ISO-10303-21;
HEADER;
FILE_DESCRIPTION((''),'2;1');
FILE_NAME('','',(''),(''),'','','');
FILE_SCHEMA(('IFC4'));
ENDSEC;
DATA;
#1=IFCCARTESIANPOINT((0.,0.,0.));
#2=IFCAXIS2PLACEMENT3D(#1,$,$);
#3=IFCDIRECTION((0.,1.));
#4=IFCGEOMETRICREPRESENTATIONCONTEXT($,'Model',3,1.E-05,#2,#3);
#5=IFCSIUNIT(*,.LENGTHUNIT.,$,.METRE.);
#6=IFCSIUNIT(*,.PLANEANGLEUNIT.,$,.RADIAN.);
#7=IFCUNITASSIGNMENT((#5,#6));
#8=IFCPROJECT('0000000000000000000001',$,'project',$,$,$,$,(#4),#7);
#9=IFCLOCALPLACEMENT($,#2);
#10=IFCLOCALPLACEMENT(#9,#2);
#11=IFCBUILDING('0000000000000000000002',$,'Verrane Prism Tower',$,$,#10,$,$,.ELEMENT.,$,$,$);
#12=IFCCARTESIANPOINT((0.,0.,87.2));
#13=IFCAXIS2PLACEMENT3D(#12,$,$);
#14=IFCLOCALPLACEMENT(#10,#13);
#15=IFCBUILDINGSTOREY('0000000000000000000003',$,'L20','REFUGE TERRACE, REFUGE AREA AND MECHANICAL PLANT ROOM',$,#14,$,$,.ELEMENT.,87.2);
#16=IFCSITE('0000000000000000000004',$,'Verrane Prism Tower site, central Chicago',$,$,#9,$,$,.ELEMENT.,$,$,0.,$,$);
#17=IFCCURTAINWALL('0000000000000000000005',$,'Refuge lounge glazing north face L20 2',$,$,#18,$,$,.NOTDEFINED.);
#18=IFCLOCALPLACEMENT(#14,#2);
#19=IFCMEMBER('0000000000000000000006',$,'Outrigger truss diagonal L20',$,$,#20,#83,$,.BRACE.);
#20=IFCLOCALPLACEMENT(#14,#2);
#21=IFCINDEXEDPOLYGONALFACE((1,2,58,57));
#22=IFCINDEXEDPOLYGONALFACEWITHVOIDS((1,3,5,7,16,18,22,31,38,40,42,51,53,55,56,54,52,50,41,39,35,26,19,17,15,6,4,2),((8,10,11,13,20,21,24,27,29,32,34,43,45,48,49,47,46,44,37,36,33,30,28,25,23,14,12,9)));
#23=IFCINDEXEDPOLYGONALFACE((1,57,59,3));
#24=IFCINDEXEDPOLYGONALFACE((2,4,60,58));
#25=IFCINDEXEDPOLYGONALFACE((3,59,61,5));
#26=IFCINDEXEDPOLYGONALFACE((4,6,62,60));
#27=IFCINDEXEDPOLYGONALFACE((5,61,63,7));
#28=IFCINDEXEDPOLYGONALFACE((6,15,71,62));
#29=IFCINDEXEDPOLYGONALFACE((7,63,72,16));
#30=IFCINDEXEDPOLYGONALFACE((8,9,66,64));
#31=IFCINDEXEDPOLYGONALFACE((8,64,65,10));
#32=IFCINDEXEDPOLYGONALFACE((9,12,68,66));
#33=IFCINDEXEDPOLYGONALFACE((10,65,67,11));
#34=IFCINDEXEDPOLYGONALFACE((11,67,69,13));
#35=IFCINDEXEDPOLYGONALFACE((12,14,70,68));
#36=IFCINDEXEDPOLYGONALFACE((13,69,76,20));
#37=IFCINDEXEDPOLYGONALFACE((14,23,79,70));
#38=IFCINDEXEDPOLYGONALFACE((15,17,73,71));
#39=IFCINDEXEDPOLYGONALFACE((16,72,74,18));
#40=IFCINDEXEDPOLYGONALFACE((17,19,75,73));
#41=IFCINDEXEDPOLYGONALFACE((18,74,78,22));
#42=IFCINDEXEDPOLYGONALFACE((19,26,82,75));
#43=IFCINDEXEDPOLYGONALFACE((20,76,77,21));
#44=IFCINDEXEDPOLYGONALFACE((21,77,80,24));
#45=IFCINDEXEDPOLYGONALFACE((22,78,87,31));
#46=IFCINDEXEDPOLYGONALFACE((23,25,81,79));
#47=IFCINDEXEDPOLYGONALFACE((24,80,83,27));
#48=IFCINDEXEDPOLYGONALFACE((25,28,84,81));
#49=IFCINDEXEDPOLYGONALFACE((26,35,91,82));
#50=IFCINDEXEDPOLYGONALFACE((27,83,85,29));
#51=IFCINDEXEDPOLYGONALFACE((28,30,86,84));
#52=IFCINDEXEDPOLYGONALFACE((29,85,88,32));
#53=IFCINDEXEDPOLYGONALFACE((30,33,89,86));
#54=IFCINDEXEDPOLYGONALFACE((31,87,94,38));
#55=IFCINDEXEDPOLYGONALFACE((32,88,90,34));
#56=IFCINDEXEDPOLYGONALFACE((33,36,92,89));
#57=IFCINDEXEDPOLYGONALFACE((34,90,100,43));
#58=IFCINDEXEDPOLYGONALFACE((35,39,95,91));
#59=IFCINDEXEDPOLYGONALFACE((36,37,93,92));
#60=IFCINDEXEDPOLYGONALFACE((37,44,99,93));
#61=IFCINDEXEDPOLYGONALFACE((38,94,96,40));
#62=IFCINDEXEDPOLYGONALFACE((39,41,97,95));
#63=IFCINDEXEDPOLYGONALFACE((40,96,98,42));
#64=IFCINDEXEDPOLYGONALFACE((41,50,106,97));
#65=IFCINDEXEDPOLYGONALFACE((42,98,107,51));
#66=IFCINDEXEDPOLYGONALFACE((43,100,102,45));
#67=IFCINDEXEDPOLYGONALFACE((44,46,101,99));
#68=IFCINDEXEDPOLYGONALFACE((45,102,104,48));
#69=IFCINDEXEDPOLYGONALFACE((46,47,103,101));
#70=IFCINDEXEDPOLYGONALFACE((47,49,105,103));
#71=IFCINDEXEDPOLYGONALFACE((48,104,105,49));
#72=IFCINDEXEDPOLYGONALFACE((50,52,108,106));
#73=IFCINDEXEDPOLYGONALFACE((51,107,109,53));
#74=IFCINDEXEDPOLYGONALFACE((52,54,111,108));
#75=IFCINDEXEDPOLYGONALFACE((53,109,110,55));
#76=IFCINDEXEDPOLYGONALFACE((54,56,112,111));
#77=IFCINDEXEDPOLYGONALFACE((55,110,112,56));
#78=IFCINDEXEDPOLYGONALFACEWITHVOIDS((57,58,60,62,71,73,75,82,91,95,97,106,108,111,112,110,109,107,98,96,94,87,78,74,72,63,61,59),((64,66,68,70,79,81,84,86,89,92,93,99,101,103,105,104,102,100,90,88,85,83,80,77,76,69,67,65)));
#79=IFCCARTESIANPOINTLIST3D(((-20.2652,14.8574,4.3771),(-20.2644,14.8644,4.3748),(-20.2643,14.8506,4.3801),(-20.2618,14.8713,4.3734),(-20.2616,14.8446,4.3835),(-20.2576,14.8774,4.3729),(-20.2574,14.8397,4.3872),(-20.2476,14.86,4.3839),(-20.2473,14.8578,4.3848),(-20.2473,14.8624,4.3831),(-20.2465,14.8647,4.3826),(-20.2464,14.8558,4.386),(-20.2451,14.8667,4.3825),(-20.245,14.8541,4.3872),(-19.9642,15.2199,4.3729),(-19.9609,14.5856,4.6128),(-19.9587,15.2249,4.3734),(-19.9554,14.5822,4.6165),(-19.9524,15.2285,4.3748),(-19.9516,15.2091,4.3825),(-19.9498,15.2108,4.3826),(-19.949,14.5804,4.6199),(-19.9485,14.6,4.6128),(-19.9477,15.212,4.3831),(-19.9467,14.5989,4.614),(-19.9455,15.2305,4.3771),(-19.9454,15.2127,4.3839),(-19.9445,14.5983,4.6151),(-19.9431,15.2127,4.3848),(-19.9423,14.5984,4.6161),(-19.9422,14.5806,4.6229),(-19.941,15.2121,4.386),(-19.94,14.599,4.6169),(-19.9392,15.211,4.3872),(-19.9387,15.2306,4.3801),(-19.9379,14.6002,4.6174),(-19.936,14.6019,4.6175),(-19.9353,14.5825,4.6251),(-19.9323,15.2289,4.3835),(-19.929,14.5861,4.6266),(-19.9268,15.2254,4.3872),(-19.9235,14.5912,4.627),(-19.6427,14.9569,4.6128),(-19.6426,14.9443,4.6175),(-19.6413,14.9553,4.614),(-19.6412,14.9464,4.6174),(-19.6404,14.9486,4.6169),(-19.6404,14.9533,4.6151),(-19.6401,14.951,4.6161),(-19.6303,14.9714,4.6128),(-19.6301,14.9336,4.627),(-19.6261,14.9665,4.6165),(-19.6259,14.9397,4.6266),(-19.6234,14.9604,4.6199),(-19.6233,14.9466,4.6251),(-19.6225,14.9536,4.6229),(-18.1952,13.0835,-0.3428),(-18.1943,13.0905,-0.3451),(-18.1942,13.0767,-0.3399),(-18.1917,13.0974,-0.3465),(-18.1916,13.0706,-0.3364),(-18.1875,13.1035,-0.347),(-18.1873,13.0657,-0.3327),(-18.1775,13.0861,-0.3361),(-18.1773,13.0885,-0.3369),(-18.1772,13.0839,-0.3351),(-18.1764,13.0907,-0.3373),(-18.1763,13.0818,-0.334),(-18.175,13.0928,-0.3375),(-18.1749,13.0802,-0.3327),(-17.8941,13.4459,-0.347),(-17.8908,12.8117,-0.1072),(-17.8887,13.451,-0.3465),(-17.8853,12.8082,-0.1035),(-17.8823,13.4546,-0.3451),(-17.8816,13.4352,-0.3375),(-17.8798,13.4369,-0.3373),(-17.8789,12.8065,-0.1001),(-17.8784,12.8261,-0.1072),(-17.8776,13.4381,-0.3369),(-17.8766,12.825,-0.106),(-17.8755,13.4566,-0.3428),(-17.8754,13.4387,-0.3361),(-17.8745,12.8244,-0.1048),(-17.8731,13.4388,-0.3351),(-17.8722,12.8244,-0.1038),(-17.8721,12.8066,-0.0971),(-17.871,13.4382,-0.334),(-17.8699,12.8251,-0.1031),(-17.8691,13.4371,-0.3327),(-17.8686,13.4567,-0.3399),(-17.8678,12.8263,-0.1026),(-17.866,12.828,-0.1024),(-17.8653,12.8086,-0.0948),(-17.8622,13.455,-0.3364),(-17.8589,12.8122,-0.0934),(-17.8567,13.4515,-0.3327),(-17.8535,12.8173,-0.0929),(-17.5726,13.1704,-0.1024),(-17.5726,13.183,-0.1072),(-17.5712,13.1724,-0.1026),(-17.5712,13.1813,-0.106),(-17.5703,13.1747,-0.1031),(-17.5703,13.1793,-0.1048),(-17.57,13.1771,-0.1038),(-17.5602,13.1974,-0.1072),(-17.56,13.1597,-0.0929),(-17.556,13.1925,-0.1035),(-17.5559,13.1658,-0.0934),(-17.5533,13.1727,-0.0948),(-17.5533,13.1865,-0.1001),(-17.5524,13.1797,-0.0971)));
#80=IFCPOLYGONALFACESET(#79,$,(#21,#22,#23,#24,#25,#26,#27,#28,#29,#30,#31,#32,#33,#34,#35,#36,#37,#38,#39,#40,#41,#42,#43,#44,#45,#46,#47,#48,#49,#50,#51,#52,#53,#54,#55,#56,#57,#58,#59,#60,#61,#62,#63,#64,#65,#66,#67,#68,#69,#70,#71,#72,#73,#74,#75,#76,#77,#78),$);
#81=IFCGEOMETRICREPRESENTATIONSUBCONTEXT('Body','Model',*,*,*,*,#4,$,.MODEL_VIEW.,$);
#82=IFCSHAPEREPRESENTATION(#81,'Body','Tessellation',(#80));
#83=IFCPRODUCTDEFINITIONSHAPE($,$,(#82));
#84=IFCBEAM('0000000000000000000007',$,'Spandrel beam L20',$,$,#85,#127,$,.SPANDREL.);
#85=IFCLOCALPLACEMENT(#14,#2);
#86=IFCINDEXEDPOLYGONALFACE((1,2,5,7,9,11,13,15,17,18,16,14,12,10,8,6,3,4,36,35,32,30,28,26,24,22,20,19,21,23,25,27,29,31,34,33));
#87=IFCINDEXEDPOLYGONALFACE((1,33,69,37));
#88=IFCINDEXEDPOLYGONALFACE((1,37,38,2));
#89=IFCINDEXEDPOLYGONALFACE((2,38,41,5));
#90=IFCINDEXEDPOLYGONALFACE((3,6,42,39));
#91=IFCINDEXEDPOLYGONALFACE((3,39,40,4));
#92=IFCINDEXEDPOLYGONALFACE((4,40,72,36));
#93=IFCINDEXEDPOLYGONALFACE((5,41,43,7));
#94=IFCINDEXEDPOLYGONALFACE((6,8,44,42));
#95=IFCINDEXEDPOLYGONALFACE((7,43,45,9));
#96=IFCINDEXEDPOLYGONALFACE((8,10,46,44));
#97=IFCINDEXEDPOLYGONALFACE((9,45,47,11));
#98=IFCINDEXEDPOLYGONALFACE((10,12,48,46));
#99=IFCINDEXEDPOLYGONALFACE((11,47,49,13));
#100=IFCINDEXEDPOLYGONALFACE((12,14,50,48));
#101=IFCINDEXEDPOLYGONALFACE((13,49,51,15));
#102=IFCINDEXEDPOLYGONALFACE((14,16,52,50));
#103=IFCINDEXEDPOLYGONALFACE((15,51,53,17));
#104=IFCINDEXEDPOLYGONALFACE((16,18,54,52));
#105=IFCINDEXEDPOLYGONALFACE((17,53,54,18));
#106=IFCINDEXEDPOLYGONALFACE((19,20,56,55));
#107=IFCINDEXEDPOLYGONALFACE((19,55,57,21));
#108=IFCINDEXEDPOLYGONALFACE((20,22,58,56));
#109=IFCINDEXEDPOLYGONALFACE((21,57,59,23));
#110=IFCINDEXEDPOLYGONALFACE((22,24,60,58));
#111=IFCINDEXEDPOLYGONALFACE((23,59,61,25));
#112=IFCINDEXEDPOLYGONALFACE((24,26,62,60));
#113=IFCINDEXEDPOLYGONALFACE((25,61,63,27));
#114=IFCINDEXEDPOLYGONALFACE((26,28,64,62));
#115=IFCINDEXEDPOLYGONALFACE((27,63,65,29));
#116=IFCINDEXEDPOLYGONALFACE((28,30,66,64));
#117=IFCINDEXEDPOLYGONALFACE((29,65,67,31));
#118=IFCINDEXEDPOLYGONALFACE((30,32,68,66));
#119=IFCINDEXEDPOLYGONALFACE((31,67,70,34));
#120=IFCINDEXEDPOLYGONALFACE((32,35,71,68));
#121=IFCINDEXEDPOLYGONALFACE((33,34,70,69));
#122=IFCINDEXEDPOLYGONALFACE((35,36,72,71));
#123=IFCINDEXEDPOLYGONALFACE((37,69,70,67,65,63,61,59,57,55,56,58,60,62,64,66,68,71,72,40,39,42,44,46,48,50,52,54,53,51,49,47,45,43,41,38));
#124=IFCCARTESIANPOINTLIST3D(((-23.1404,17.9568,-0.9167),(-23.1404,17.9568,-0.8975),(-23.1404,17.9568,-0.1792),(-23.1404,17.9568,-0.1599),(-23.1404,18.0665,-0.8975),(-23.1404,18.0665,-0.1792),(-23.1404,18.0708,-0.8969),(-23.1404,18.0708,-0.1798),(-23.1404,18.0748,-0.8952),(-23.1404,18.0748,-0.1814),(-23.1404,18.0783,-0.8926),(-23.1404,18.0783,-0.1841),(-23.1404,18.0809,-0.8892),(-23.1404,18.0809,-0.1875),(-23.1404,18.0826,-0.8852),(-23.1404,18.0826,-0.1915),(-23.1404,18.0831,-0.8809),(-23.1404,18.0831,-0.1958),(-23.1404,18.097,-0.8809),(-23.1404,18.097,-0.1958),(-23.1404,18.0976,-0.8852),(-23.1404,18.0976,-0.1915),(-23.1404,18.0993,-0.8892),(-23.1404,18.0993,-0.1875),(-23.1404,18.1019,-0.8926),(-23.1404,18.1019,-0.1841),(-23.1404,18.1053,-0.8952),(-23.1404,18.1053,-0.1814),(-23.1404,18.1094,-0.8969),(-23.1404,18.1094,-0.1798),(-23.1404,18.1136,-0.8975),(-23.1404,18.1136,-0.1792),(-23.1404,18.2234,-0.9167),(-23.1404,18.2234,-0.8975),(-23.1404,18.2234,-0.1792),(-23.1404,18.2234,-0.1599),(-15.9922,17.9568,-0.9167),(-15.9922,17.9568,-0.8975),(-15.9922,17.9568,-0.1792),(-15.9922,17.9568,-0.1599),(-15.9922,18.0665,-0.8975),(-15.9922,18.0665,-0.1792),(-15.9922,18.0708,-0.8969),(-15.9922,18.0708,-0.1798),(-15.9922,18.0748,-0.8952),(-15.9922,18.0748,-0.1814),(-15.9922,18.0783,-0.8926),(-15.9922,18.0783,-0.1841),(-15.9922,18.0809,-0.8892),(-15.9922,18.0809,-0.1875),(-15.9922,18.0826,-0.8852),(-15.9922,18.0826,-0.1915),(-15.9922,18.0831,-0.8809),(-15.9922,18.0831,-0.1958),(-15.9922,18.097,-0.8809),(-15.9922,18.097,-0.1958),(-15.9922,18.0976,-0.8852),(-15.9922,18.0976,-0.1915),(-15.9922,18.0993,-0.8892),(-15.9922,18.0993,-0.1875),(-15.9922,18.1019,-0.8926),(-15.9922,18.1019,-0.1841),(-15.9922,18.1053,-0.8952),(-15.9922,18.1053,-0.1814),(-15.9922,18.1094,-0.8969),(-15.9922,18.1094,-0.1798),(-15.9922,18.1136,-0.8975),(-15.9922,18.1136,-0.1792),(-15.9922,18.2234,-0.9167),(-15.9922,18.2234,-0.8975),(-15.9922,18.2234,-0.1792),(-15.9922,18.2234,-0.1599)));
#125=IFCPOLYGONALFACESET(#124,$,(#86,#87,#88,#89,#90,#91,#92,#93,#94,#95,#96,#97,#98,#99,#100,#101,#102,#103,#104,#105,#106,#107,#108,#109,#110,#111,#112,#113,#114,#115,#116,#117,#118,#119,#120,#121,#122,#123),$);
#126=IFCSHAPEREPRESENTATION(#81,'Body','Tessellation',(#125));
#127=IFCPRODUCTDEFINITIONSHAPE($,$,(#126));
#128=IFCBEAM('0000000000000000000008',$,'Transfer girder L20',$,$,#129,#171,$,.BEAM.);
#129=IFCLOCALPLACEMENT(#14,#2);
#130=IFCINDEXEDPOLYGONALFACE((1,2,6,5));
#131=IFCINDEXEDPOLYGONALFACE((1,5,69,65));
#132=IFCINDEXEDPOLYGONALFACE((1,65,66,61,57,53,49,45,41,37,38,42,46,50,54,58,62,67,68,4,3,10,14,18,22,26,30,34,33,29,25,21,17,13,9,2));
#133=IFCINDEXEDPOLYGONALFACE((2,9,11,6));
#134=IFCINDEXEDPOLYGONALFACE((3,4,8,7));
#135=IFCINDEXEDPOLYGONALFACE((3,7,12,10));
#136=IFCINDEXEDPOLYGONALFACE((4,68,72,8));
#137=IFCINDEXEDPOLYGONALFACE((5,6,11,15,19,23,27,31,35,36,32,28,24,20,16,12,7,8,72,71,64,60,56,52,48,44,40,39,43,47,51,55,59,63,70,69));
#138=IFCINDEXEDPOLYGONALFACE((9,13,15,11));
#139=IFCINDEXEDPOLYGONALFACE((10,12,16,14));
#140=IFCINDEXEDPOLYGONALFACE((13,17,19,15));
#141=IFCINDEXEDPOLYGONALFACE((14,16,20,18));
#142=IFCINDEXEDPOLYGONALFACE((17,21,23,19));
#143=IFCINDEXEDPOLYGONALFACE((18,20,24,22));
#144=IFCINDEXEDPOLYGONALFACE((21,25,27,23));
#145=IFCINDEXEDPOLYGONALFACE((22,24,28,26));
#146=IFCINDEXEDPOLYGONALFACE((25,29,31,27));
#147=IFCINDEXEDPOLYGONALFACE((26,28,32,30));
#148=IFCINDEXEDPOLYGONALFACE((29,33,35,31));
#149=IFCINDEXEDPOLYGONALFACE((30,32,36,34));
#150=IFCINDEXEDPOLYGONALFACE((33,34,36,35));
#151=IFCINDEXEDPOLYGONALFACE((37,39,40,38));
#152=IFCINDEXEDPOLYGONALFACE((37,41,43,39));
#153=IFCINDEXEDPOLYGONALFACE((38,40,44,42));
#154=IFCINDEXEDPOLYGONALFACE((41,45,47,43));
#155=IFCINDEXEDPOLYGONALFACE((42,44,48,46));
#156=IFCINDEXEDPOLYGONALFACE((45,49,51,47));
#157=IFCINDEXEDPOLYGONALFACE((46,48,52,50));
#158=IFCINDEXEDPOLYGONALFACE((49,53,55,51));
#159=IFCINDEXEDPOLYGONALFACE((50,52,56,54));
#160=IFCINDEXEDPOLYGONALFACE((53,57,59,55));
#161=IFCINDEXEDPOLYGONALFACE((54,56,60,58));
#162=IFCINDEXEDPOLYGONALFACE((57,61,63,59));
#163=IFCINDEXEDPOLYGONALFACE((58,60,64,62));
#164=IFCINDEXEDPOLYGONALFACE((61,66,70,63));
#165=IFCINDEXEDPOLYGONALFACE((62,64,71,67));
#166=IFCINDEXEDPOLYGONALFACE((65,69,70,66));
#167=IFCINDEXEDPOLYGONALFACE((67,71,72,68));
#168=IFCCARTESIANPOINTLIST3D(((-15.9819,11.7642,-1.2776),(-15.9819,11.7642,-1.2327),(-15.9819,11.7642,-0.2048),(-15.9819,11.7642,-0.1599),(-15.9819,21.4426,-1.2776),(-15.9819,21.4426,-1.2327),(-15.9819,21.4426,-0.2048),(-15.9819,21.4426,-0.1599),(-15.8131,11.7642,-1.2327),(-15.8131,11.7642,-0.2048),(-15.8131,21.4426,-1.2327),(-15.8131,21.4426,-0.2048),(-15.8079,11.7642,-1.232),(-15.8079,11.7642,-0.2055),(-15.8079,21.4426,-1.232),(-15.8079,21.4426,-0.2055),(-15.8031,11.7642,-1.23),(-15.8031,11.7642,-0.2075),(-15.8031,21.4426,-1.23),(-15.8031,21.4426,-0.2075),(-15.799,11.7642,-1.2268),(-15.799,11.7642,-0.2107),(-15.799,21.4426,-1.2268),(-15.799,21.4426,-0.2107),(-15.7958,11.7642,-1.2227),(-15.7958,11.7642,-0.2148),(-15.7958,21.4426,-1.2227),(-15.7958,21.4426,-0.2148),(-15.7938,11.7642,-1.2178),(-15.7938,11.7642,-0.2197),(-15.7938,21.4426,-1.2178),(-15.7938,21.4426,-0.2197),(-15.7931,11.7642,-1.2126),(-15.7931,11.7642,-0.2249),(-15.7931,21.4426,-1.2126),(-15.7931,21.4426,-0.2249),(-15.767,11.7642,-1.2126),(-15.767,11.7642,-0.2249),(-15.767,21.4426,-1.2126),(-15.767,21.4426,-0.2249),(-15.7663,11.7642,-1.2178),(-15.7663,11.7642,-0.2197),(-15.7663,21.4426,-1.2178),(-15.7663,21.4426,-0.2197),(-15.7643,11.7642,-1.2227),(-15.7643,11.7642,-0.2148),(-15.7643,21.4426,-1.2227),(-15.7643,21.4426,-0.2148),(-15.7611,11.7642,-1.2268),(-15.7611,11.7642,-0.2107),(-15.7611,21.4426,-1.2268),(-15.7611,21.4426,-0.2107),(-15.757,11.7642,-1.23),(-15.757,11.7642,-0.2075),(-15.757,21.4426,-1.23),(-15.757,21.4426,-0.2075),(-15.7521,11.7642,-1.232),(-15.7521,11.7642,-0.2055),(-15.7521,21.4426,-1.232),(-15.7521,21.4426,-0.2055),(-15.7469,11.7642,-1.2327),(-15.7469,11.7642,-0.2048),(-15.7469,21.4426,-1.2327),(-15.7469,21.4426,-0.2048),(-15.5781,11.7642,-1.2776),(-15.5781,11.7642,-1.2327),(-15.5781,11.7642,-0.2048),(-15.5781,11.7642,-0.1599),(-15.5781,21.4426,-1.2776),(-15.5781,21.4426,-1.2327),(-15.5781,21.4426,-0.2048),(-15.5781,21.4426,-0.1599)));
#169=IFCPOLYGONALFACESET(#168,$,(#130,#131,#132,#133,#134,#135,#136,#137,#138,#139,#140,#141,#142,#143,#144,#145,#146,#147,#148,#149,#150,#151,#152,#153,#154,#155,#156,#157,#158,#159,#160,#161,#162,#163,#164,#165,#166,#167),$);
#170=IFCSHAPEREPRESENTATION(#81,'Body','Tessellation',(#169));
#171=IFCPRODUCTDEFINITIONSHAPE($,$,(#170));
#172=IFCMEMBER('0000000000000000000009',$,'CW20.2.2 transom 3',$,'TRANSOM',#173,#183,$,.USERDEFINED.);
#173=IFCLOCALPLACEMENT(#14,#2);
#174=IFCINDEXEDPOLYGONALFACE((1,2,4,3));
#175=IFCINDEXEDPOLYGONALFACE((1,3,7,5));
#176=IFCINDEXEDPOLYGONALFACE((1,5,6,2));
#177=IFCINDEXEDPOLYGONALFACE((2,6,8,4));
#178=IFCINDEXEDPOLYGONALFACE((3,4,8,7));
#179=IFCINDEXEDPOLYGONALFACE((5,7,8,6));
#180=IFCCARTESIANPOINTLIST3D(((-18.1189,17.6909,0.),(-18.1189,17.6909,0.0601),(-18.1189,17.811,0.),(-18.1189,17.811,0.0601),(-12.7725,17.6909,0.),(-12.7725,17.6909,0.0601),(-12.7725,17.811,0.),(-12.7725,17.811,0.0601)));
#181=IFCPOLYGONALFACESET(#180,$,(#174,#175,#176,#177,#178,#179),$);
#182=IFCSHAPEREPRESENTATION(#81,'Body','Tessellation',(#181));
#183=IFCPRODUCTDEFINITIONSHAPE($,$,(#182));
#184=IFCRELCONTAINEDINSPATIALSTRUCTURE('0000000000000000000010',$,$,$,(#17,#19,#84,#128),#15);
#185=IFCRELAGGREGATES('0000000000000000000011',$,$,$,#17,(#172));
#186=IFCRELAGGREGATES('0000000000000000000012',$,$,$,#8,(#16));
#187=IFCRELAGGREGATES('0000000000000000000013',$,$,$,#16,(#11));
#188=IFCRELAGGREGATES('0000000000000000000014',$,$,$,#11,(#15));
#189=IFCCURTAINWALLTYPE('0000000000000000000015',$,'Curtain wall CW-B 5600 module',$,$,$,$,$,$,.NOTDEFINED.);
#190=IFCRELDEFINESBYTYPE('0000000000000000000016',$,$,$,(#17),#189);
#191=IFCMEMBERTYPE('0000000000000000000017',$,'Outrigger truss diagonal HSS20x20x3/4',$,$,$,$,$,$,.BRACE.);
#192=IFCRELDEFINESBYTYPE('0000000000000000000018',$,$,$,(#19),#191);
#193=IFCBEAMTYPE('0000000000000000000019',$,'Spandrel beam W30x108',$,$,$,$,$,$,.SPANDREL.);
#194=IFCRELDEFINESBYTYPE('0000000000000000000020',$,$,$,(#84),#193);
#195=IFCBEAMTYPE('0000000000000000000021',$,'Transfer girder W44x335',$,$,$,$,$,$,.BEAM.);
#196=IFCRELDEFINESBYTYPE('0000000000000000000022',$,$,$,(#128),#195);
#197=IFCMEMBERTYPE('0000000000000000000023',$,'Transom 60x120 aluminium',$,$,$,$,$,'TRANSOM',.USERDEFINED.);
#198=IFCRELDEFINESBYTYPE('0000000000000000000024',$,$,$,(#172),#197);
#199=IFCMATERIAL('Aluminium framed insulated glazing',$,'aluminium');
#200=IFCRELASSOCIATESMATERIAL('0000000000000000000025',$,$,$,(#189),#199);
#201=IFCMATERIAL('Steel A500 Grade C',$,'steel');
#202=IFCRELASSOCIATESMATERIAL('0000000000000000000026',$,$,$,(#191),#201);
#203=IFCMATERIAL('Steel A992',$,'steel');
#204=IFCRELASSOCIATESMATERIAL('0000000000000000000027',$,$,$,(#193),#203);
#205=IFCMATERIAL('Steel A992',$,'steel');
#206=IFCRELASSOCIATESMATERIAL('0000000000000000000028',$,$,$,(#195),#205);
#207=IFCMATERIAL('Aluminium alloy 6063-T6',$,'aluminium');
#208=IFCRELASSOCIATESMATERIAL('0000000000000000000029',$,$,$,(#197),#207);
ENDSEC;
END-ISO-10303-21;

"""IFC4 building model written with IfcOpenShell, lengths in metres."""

from ifc_helpers import new_model, si_unit, direction, frame, origin, origin_2d, place, context, subcontext, project, spatial, rectangle, hollow_rectangle, i_section, extrude, material, material_profile, profile_set, type_object, element, aggregate, save


model = new_model("IFC4")

# Units and contexts
model_context = context("Model", 3, precision=1e-05, world=origin(), true_north=direction((0.0, 1.0)))
body_context = subcontext(model_context, "Body", "Model", "MODEL_VIEW")
ifc_project = project(units=[si_unit("LENGTHUNIT", "METRE"), si_unit("PLANEANGLEUNIT", "RADIAN")], contexts=[model_context])

# Site, building, storey
site_placement = place(None, origin())
site = spatial("IfcSite", under=ifc_project, at=site_placement, Name="Verrane Prism Tower site, central Chicago", CompositionType="ELEMENT", RefElevation=0.0)
building_placement = place(site_placement, origin())
building = spatial("IfcBuilding", under=site, at=building_placement, Name="Verrane Prism Tower", CompositionType="ELEMENT")
storey_placement = place(building_placement, frame((0.0, 0.0, 87.2)))
storey = spatial("IfcBuildingStorey", under=building, at=storey_placement, Name="L20", Description="REFUGE TERRACE, REFUGE AREA AND MECHANICAL PLANT ROOM", CompositionType="ELEMENT", Elevation=87.2)

# Curtain wall
ifc_material_1 = material(Name="Aluminium framed insulated glazing", Category="aluminium")
curtain_wall_type = type_object("IfcCurtainWallType", Name="Curtain wall CW-B 5600 module", PredefinedType="NOTDEFINED", material=ifc_material_1)
curtain_wall_placement = place(storey_placement, origin())
curtain_wall = element("IfcCurtainWall", 1, at=curtain_wall_placement, inside=storey, type_object=curtain_wall_type, Name="Refuge lounge glazing north face L20 2", PredefinedType="NOTDEFINED")

# Member
ifc_material_2 = material(Name="Steel A500 Grade C", Category="steel")
ifc_material_profile_1 = material_profile(ifc_material_2, hollow_rectangle(XDim=0.5081, YDim=0.5081, WallThickness=0.019, InnerFilletRadius=0.0095, OuterFilletRadius=0.0286, at=origin_2d()), Name="HSS20x20x3/4")
ifc_profile_set_1 = profile_set([ifc_material_profile_1], Name="Steel A500 Grade C")
member_type_1 = type_object("IfcMemberType", Name="Outrigger truss diagonal HSS20x20x3/4", PredefinedType="BRACE", material=ifc_profile_set_1)
member_1_placement = place(storey_placement, frame((-17.8738, 13.1316, -0.22), z_axis=(-0.37978, 0.325449, 0.865939), x_axis=(-0.650703, -0.759332, 0.0)))
element("IfcMember", 2, at=member_1_placement, inside=storey, type_object=member_type_1, Name="Outrigger truss diagonal L20", PredefinedType="BRACE", context=body_context, shape_type="SweptSolid", body=[
    extrude(hollow_rectangle(XDim=0.5081, YDim=0.5081, WallThickness=0.019, InnerFilletRadius=0.0095, OuterFilletRadius=0.0286, at=origin_2d()), origin(), (0.0, 0.0, 1.0), 5.4507),
])

# Beams
ifc_material_3 = material(Name="Steel A992", Category="steel")
ifc_material_profile_2 = material_profile(ifc_material_3, i_section(OverallWidth=0.2666, OverallDepth=0.7568, WebThickness=0.0139, FlangeThickness=0.0193, FilletRadius=0.0166, at=origin_2d()), Name="W30x108")
ifc_profile_set_2 = profile_set([ifc_material_profile_2], Name="Steel A992")
beam_type_1 = type_object("IfcBeamType", Name="Spandrel beam W30x108", PredefinedType="SPANDREL", material=ifc_profile_set_2)
beam_1_placement = place(storey_placement, frame((-15.9922, 18.0901, -0.5383), z_axis=(-1.0, 0.0, 0.0), x_axis=(0.0, -1.0, 0.0)))
element("IfcBeam", 3, at=beam_1_placement, inside=storey, type_object=beam_type_1, Name="Spandrel beam L20", PredefinedType="SPANDREL", context=body_context, shape_type="SweptSolid", body=[
    extrude(i_section(OverallWidth=0.2666, OverallDepth=0.7568, WebThickness=0.0139, FlangeThickness=0.0193, FilletRadius=0.0166, at=origin_2d()), origin(), (0.0, 0.0, 1.0), 7.1482),
])
ifc_material_4 = material(Name="Steel A992", Category="steel")
ifc_material_profile_3 = material_profile(ifc_material_4, i_section(OverallWidth=0.4038, OverallDepth=1.1177, WebThickness=0.0261, FlangeThickness=0.0449, FilletRadius=0.02, at=origin_2d()), Name="W44x335")
ifc_profile_set_3 = profile_set([ifc_material_profile_3], Name="Steel A992")
beam_type_2 = type_object("IfcBeamType", Name="Transfer girder W44x335", PredefinedType="BEAM", material=ifc_profile_set_3)
beam_2_placement = place(storey_placement, frame((-15.78, 21.4426, -0.7188), z_axis=(0.0, -1.0, 0.0), x_axis=(1.0, 0.0, 0.0)))
element("IfcBeam", 4, at=beam_2_placement, inside=storey, type_object=beam_type_2, Name="Transfer girder L20", PredefinedType="BEAM", context=body_context, shape_type="SweptSolid", body=[
    extrude(i_section(OverallWidth=0.4038, OverallDepth=1.1177, WebThickness=0.0261, FlangeThickness=0.0449, FilletRadius=0.02, at=origin_2d()), origin(), (0.0, 0.0, 1.0), 9.6785),
])

# Member
ifc_material_5 = material(Name="Aluminium alloy 6063-T6", Category="aluminium")
ifc_material_profile_4 = material_profile(ifc_material_5, rectangle(XDim=0.1201, YDim=0.0601, at=origin_2d()), Name="Transom 60x120 aluminium")
ifc_profile_set_4 = profile_set([ifc_material_profile_4], Name="Aluminium alloy 6063-T6")
member_type_2 = type_object("IfcMemberType", Name="Transom 60x120 aluminium", ElementType="TRANSOM", PredefinedType="USERDEFINED", material=ifc_profile_set_4)
member_2_placement = place(storey_placement, frame((-12.7725, 17.751, 0.03), z_axis=(-1.0, 0.0, 0.0), x_axis=(0.0, -1.0, 0.0)))
member_2 = element("IfcMember", 5, at=member_2_placement, type_object=member_type_2, Name="CW20.2.2 transom 3", ObjectType="TRANSOM", PredefinedType="USERDEFINED", context=body_context, shape_type="SweptSolid", body=[
    extrude(rectangle(XDim=0.1201, YDim=0.0601, at=origin_2d()), origin(), (0.0, 0.0, 1.0), 5.3464),
])

aggregate(curtain_wall, [member_2])

save(model, "model.ifc")
